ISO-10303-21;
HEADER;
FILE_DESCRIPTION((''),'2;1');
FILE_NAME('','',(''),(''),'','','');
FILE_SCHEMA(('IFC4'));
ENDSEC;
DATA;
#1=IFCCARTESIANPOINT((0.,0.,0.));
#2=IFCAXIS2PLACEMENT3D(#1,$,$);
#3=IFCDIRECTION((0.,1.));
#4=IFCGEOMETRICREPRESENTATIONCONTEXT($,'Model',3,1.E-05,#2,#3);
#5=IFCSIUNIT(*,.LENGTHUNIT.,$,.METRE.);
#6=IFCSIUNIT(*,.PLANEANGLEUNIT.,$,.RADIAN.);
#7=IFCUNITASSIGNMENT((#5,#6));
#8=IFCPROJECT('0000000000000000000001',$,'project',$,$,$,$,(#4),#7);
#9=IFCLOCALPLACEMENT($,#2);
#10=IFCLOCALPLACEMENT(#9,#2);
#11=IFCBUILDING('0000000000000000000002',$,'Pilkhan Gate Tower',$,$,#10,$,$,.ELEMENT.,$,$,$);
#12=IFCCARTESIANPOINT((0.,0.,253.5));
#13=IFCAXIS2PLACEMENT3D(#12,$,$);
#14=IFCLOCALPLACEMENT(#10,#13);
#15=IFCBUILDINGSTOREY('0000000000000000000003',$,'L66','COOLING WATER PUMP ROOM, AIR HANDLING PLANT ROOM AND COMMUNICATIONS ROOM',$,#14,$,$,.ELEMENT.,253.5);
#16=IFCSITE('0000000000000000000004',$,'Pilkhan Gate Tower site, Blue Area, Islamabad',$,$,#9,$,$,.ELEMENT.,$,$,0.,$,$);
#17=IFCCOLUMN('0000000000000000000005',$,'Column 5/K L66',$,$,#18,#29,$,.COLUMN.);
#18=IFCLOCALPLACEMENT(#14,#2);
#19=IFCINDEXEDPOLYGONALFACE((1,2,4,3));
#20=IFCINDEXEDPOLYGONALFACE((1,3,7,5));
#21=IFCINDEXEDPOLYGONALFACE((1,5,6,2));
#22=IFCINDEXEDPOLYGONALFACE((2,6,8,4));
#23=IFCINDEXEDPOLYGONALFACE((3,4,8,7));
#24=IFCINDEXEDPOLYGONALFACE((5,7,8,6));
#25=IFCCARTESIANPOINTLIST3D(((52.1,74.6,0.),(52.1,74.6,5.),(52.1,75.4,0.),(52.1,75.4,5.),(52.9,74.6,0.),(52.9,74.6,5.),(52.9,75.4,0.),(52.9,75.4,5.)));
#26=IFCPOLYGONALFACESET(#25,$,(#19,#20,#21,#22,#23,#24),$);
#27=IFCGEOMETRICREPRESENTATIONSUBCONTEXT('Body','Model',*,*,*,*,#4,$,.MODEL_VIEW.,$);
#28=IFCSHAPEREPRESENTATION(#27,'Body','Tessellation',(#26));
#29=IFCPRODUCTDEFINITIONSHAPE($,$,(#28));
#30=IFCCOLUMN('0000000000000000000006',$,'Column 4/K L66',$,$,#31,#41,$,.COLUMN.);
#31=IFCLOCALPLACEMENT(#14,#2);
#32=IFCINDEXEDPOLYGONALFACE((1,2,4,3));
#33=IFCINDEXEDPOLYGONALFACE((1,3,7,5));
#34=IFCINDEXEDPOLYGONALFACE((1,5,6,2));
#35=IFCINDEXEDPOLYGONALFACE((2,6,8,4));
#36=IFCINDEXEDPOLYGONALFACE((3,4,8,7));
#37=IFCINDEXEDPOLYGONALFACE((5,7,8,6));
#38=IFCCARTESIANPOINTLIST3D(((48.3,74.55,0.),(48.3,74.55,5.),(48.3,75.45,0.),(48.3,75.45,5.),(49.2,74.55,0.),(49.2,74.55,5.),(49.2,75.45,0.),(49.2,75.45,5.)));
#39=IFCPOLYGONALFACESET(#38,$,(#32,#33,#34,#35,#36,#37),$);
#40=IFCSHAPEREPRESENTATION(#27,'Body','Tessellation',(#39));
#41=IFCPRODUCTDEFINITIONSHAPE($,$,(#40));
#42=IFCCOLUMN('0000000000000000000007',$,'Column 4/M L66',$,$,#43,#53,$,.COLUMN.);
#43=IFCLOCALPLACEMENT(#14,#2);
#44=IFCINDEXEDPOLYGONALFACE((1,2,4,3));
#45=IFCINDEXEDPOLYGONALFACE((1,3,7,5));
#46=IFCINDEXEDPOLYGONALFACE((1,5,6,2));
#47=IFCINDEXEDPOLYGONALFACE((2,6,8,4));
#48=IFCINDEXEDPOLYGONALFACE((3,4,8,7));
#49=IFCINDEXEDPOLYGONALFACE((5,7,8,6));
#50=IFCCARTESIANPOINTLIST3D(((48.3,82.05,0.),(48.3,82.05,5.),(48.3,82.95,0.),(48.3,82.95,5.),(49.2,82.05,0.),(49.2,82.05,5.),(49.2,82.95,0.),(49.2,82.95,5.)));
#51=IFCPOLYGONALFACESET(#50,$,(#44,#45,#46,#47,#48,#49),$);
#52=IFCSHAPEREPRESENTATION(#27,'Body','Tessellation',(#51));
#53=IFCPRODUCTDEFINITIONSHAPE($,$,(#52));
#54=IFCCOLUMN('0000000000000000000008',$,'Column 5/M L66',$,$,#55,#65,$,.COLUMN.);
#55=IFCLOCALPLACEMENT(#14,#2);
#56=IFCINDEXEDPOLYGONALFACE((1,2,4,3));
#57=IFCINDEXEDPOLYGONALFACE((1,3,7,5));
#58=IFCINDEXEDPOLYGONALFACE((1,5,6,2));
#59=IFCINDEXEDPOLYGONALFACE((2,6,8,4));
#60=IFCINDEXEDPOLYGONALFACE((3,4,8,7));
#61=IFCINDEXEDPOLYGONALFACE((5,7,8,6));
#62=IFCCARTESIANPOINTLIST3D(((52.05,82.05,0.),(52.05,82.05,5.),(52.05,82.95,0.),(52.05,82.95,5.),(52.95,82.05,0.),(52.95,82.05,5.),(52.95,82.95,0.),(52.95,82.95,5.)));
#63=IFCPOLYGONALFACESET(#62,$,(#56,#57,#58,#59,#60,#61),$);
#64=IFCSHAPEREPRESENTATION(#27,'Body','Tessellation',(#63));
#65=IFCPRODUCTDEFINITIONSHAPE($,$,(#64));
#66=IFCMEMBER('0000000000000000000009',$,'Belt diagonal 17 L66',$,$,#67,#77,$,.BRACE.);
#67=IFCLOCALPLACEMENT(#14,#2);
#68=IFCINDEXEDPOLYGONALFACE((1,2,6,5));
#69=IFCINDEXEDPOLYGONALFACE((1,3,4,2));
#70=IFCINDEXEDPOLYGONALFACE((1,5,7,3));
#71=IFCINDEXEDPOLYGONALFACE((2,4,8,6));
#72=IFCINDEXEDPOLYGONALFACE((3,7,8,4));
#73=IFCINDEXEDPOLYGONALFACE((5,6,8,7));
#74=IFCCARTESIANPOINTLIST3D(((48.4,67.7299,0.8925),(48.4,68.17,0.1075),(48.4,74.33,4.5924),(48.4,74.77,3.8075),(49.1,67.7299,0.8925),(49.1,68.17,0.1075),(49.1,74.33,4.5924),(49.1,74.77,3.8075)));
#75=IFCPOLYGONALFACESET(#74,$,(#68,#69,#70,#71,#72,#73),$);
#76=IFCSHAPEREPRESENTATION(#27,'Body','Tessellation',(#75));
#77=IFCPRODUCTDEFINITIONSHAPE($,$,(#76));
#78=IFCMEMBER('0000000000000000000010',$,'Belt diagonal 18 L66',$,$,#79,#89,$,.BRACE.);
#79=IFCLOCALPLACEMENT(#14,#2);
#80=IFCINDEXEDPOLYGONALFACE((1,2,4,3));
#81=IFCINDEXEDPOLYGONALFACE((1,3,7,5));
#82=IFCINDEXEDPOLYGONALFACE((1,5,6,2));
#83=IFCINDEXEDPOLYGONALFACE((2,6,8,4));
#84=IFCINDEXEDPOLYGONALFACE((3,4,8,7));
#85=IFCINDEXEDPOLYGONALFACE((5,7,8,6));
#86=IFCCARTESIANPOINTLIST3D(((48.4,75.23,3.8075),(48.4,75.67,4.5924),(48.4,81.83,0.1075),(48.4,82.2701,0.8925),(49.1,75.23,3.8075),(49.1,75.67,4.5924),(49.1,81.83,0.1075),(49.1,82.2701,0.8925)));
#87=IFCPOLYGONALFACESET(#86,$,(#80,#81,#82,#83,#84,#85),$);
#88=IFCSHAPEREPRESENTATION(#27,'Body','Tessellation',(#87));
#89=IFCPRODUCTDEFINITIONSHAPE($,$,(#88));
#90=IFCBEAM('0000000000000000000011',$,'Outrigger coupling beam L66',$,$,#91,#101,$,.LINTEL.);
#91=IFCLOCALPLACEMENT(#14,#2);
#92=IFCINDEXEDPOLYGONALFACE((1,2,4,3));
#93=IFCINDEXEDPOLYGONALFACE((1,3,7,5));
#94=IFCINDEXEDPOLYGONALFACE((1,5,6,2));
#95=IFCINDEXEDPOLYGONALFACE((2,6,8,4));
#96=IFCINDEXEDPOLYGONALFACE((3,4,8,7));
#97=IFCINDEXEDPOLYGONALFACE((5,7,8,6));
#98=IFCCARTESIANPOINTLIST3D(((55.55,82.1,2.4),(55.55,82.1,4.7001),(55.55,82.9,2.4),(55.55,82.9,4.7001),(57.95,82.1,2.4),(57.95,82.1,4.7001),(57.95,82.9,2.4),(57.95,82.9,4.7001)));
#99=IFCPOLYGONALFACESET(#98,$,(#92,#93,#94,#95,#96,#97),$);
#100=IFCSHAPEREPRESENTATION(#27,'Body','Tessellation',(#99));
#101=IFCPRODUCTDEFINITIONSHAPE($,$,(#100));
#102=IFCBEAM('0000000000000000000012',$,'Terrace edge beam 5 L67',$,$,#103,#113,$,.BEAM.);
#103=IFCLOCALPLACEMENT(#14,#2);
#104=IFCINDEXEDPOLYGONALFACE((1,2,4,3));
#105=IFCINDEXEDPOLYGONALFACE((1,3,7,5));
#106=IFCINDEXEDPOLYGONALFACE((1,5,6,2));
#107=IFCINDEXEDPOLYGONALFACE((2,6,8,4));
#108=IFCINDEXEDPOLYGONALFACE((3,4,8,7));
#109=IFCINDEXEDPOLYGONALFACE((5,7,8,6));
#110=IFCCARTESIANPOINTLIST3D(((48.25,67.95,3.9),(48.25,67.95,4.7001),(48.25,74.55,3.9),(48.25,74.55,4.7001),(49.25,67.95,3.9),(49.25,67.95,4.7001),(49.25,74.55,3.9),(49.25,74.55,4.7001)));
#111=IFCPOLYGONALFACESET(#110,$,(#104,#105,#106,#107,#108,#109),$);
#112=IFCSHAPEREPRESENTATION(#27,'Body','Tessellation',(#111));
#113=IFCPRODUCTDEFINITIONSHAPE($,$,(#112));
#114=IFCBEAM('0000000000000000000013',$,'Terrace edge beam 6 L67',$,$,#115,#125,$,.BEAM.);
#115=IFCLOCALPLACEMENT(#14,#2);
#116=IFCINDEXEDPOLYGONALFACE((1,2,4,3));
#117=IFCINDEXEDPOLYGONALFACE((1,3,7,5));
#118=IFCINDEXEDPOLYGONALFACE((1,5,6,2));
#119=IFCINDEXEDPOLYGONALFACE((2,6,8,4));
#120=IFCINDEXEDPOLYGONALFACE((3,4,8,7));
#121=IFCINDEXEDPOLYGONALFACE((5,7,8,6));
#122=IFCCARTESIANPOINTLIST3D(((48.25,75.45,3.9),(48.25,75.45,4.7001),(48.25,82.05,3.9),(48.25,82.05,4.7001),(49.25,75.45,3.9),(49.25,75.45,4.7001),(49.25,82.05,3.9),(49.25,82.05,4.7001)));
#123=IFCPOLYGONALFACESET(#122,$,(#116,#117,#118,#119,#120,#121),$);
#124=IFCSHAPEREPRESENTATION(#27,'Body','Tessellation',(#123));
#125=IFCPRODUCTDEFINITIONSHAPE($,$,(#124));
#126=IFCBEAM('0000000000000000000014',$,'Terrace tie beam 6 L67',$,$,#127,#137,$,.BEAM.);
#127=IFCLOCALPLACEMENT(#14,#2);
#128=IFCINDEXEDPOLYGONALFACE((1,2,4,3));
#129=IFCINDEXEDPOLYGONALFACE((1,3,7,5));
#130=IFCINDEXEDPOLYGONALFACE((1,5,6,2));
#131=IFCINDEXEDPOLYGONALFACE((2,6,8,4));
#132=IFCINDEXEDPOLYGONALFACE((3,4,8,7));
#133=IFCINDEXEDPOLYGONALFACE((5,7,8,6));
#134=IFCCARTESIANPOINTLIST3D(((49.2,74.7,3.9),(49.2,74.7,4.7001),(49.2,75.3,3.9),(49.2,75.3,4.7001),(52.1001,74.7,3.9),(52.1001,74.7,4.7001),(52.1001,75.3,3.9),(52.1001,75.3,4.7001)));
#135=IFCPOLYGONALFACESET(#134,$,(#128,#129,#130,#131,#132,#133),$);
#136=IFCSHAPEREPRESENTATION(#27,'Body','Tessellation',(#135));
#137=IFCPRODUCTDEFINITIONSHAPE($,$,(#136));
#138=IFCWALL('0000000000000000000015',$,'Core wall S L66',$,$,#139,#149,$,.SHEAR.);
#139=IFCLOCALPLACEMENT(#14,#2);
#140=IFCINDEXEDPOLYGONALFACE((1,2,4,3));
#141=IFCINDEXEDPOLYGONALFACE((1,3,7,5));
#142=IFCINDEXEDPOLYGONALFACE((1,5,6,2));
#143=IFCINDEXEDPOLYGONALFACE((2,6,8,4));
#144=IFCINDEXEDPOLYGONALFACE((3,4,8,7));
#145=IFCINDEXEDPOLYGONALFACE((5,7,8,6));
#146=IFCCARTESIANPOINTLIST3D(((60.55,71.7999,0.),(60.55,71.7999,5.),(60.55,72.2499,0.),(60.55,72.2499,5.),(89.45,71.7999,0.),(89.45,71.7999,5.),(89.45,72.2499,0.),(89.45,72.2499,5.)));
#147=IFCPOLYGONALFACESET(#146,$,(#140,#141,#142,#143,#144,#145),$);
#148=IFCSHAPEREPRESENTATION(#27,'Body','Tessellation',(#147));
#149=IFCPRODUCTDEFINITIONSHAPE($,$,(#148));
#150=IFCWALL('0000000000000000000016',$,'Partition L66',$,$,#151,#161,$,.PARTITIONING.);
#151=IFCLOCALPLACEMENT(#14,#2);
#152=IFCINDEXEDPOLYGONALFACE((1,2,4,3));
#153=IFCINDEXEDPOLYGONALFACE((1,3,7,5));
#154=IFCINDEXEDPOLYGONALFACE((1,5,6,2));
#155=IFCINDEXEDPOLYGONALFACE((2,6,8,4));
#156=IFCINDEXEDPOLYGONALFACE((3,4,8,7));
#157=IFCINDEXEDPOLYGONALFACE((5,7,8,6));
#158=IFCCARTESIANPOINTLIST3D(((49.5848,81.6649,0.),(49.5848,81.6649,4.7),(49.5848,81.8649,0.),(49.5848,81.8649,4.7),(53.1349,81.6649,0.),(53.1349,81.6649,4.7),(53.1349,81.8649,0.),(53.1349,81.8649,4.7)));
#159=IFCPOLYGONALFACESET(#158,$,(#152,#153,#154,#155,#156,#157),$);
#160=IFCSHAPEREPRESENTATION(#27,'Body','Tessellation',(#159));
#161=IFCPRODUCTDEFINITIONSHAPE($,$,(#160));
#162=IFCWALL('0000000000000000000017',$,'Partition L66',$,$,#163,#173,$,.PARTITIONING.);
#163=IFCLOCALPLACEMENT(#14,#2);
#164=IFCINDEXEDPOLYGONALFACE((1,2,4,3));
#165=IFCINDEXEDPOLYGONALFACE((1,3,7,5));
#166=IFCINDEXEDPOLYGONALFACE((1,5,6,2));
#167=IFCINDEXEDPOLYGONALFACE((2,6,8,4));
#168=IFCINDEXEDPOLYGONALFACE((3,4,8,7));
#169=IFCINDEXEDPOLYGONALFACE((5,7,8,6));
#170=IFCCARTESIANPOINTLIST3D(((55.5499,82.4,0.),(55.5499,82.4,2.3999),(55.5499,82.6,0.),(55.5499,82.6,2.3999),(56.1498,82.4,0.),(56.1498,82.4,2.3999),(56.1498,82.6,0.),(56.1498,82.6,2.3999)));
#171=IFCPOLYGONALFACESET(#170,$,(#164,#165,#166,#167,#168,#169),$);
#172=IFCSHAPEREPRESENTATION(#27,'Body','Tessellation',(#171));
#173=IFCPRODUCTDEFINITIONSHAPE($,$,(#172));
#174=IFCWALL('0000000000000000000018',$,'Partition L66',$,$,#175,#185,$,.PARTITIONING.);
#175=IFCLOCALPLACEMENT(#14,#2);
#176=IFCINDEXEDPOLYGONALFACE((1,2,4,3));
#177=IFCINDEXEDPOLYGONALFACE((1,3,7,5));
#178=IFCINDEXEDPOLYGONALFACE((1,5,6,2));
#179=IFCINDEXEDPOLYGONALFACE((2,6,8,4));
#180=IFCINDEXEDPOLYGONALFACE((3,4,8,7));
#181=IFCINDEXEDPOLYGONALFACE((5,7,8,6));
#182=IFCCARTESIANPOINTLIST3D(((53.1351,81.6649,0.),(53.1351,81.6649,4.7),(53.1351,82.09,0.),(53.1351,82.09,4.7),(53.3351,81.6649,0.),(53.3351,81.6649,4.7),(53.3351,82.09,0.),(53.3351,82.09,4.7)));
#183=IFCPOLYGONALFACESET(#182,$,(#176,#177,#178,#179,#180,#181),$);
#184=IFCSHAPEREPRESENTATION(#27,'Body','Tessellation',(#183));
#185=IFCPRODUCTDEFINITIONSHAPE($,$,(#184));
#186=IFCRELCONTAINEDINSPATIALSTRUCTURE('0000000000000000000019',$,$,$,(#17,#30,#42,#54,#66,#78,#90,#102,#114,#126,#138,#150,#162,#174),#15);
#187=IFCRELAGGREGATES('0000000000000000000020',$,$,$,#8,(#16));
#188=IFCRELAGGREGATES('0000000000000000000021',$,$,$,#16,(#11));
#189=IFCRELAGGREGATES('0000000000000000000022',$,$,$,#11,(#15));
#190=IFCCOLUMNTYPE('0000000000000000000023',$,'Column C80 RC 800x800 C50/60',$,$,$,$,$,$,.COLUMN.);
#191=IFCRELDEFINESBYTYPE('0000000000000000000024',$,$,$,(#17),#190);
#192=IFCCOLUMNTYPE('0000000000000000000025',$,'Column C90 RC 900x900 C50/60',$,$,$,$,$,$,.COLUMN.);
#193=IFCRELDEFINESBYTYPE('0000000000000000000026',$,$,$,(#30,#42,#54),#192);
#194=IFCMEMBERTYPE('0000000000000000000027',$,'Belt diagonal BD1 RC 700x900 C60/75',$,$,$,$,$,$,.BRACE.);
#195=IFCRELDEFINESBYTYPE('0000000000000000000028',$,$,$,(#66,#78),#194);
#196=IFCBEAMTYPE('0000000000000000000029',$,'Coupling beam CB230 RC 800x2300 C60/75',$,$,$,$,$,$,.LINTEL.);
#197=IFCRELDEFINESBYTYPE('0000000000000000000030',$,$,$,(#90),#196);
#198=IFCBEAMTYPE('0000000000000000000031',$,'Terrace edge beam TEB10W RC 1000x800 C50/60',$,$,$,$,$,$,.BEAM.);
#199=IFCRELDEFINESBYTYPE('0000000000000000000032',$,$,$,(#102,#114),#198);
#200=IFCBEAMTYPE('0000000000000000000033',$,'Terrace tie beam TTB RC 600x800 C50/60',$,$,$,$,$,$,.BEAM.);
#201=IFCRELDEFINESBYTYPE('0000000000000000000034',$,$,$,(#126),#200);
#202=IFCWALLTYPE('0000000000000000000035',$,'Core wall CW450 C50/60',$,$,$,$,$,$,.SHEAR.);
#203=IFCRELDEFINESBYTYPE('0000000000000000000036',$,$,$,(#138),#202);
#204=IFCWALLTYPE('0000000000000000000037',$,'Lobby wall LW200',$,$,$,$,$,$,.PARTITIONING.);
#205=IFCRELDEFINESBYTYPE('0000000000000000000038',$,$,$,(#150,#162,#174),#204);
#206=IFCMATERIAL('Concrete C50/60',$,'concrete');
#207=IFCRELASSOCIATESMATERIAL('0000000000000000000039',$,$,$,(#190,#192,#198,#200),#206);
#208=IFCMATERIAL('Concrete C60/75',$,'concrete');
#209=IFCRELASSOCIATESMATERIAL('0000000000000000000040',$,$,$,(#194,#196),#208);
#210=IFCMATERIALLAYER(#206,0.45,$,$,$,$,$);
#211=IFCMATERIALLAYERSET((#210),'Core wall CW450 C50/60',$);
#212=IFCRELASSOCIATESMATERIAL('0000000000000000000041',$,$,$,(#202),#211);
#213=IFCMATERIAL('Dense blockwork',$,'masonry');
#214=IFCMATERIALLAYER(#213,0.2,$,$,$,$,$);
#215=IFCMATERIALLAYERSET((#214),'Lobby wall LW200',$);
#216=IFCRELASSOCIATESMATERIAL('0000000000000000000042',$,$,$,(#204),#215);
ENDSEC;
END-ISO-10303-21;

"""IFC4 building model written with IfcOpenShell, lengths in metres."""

from ifc_helpers import new_model, si_unit, direction, frame, frame_2d, origin, origin_2d, place, context, subcontext, project, spatial, rectangle, extrude, material, layer, layer_set, material_profile, profile_set, type_object, element, save


model = new_model("IFC4")

# Units and contexts
model_context = context("Model", 3, precision=1e-05, world=origin(), true_north=direction((0.0, 1.0)))
body_context = subcontext(model_context, "Body", "Model", "MODEL_VIEW")
ifc_project = project(units=[si_unit("LENGTHUNIT", "METRE"), si_unit("PLANEANGLEUNIT", "RADIAN")], contexts=[model_context])

# Site, building, storey
site_placement = place(None, origin())
site = spatial("IfcSite", under=ifc_project, at=site_placement, Name="Pilkhan Gate Tower site, Blue Area, Islamabad", CompositionType="ELEMENT", RefElevation=0.0)
building_placement = place(site_placement, origin())
building = spatial("IfcBuilding", under=site, at=building_placement, Name="Pilkhan Gate Tower", CompositionType="ELEMENT")
storey_placement = place(building_placement, frame((0.0, 0.0, 253.5)))
storey = spatial("IfcBuildingStorey", under=building, at=storey_placement, Name="L66", Description="COOLING WATER PUMP ROOM, AIR HANDLING PLANT ROOM AND COMMUNICATIONS ROOM", CompositionType="ELEMENT", Elevation=253.5)

# Columns
ifc_material_1 = material(Name="Concrete C50/60", Category="concrete")
ifc_material_profile_1 = material_profile(ifc_material_1, rectangle(XDim=0.8, YDim=0.8, at=origin_2d()), Name="RC 800x800")
ifc_profile_set_1 = profile_set([ifc_material_profile_1], Name="Concrete C50/60")
column_type_1 = type_object("IfcColumnType", Name="Column C80 RC 800x800 C50/60", PredefinedType="COLUMN", material=ifc_profile_set_1)
column_placement = place(storey_placement, frame((52.5, 75.0, 0.0), z_axis=(0.0, 0.0, 1.0), x_axis=(1.0, 0.0, 0.0)))
element("IfcColumn", 1, at=column_placement, inside=storey, type_object=column_type_1, Name="Column 5/K L66", PredefinedType="COLUMN", context=body_context, shape_type="SweptSolid", body=[
    extrude(rectangle(XDim=0.8, YDim=0.8, at=origin_2d()), origin(), (0.0, 0.0, 1.0), 5.0),
])
ifc_material_profile_2 = material_profile(ifc_material_1, rectangle(XDim=0.8999, YDim=0.8999, at=origin_2d()), Name="RC 900x900")
ifc_profile_set_2 = profile_set([ifc_material_profile_2], Name="Concrete C50/60")
column_type_2 = type_object("IfcColumnType", Name="Column C90 RC 900x900 C50/60", PredefinedType="COLUMN", material=ifc_profile_set_2)
for number, where, z_axis, x_axis, name in (
    (2, (48.75, 75.0, 0.0), (0.0, 0.0, 1.0), (1.0, 0.0, 0.0), "Column 4/K L66"),
    (3, (48.75, 82.5, 0.0), (0.0, 0.0, 1.0), (1.0, 0.0, 0.0), "Column 4/M L66"),
    (4, (52.5, 82.5, 0.0), (0.0, 0.0, 1.0), (1.0, 0.0, 0.0), "Column 5/M L66"),
):
    element("IfcColumn", number, at=place(storey_placement, frame(where, z_axis=z_axis, x_axis=x_axis)), inside=storey, type_object=column_type_2, Name=name, PredefinedType="COLUMN", context=body_context, shape_type="SweptSolid", body=[
        extrude(rectangle(XDim=0.8999, YDim=0.8999, at=origin_2d()), origin(), (0.0, 0.0, 1.0), 5.0),
    ])

# Members
ifc_material_2 = material(Name="Concrete C60/75", Category="concrete")
ifc_material_profile_3 = material_profile(ifc_material_2, rectangle(XDim=0.7, YDim=0.8999, at=origin_2d()), Name="RC 700x900")
ifc_profile_set_3 = profile_set([ifc_material_profile_3], Name="Concrete C60/75")
member_type = type_object("IfcMemberType", Name="Belt diagonal BD1 RC 700x900 C60/75", PredefinedType="BRACE", material=ifc_profile_set_3)
for number, where, z_axis, x_axis, name in (
    (5, (48.75, 67.95, 0.5), (0.0, 0.872286, 0.488995), (-1.0, 0.0, 0.0), "Belt diagonal 17 L66"),
    (6, (48.75, 82.05, 0.5), (0.0, -0.872286, 0.488995), (1.0, 0.0, 0.0), "Belt diagonal 18 L66"),
):
    element("IfcMember", number, at=place(storey_placement, frame(where, z_axis=z_axis, x_axis=x_axis)), inside=storey, type_object=member_type, Name=name, PredefinedType="BRACE", context=body_context, shape_type="SweptSolid", body=[
        extrude(rectangle(XDim=0.7, YDim=0.8999, at=origin_2d()), origin(), (0.0, 0.0, 1.0), 7.5664),
    ])

# Beams
ifc_material_profile_4 = material_profile(ifc_material_2, rectangle(XDim=0.8, YDim=2.3, at=origin_2d()), Name="RC 800x2300")
ifc_profile_set_4 = profile_set([ifc_material_profile_4], Name="Concrete C60/75")
beam_type_1 = type_object("IfcBeamType", Name="Coupling beam CB230 RC 800x2300 C60/75", PredefinedType="LINTEL", material=ifc_profile_set_4)
beam_1_placement = place(storey_placement, frame((55.55, 82.5, 3.55), z_axis=(1.0, 0.0, 0.0), x_axis=(0.0, 1.0, 0.0)))
element("IfcBeam", 7, at=beam_1_placement, inside=storey, type_object=beam_type_1, Name="Outrigger coupling beam L66", PredefinedType="LINTEL", context=body_context, shape_type="SweptSolid", body=[
    extrude(rectangle(XDim=0.8, YDim=2.3, at=origin_2d()), origin(), (0.0, 0.0, 1.0), 2.3999),
])
ifc_material_profile_5 = material_profile(ifc_material_1, rectangle(XDim=1.0, YDim=0.8, at=origin_2d()), Name="RC 1000x800")
ifc_profile_set_5 = profile_set([ifc_material_profile_5], Name="Concrete C50/60")
beam_type_2 = type_object("IfcBeamType", Name="Terrace edge beam TEB10W RC 1000x800 C50/60", PredefinedType="BEAM", material=ifc_profile_set_5)
for number, where, z_axis, x_axis, name in (
    (8, (48.75, 67.95, 4.3), (0.0, 1.0, 0.0), (-1.0, 0.0, 0.0), "Terrace edge beam 5 L67"),
    (9, (48.75, 75.45, 4.3), (0.0, 1.0, 0.0), (-1.0, 0.0, 0.0), "Terrace edge beam 6 L67"),
):
    element("IfcBeam", number, at=place(storey_placement, frame(where, z_axis=z_axis, x_axis=x_axis)), inside=storey, type_object=beam_type_2, Name=name, PredefinedType="BEAM", context=body_context, shape_type="SweptSolid", body=[
        extrude(rectangle(XDim=1.0, YDim=0.8, at=origin_2d()), origin(), (0.0, 0.0, 1.0), 6.6001),
    ])
ifc_material_profile_6 = material_profile(ifc_material_1, rectangle(XDim=0.6001, YDim=0.8, at=origin_2d()), Name="RC 600x800")
ifc_profile_set_6 = profile_set([ifc_material_profile_6], Name="Concrete C50/60")
beam_type_3 = type_object("IfcBeamType", Name="Terrace tie beam TTB RC 600x800 C50/60", PredefinedType="BEAM", material=ifc_profile_set_6)
beam_2_placement = place(storey_placement, frame((49.2, 75.0, 4.3), z_axis=(1.0, 0.0, 0.0), x_axis=(0.0, 1.0, 0.0)))
element("IfcBeam", 10, at=beam_2_placement, inside=storey, type_object=beam_type_3, Name="Terrace tie beam 6 L67", PredefinedType="BEAM", context=body_context, shape_type="SweptSolid", body=[
    extrude(rectangle(XDim=0.6001, YDim=0.8, at=origin_2d()), origin(), (0.0, 0.0, 1.0), 2.9001),
])

# Walls
ifc_layer_1 = layer(ifc_material_1, 0.45)
ifc_layer_set_1 = layer_set([ifc_layer_1], Name="Core wall CW450 C50/60")
wall_type_1 = type_object("IfcWallType", Name="Core wall CW450 C50/60", PredefinedType="SHEAR", material=ifc_layer_set_1)
wall_1_placement = place(storey_placement, frame((60.55, 72.0249, 0.0), z_axis=(0.0, 0.0, 1.0), x_axis=(1.0, 0.0, 0.0)))
element("IfcWall", 11, at=wall_1_placement, inside=storey, type_object=wall_type_1, Name="Core wall S L66", PredefinedType="SHEAR", context=body_context, shape_type="SweptSolid", body=[
    extrude(rectangle(XDim=28.8999, YDim=0.45, at=frame_2d((14.45, 0.0))), origin(), (0.0, 0.0, 1.0), 5.0),
])
ifc_material_3 = material(Name="Dense blockwork", Category="masonry")
ifc_layer_2 = layer(ifc_material_3, 0.2)
ifc_layer_set_2 = layer_set([ifc_layer_2], Name="Lobby wall LW200")
wall_type_2 = type_object("IfcWallType", Name="Lobby wall LW200", PredefinedType="PARTITIONING", material=ifc_layer_set_2)
wall_2_placement = place(storey_placement, frame((49.585, 81.7649, 0.0), z_axis=(0.0, 0.0, 1.0), x_axis=(1.0, 0.0, 0.0)))
element("IfcWall", 12, at=wall_2_placement, inside=storey, type_object=wall_type_2, Name="Partition L66", PredefinedType="PARTITIONING", context=body_context, shape_type="SweptSolid", body=[
    extrude(rectangle(XDim=3.55, YDim=0.2, at=frame_2d((1.7749, 0.0))), origin(), (0.0, 0.0, 1.0), 4.7),
])
wall_3_placement = place(storey_placement, frame((55.55, 82.5, 0.0), z_axis=(0.0, 0.0, 1.0), x_axis=(1.0, 0.0, 0.0)))
element("IfcWall", 13, at=wall_3_placement, inside=storey, type_object=wall_type_2, Name="Partition L66", PredefinedType="PARTITIONING", context=body_context, shape_type="SweptSolid", body=[
    extrude(rectangle(XDim=0.5999, YDim=0.2, at=frame_2d((0.2998, 0.0))), origin(), (0.0, 0.0, 1.0), 2.3999),
])
wall_4_placement = place(storey_placement, frame((53.2351, 81.665, 0.0), z_axis=(0.0, 0.0, 1.0), x_axis=(0.0, 1.0, 0.0)))
element("IfcWall", 14, at=wall_4_placement, inside=storey, type_object=wall_type_2, Name="Partition L66", PredefinedType="PARTITIONING", context=body_context, shape_type="SweptSolid", body=[
    extrude(rectangle(XDim=0.425, YDim=0.2, at=frame_2d((0.2124, 0.0))), origin(), (0.0, 0.0, 1.0), 4.7),
])

save(model, "model.ifc")
